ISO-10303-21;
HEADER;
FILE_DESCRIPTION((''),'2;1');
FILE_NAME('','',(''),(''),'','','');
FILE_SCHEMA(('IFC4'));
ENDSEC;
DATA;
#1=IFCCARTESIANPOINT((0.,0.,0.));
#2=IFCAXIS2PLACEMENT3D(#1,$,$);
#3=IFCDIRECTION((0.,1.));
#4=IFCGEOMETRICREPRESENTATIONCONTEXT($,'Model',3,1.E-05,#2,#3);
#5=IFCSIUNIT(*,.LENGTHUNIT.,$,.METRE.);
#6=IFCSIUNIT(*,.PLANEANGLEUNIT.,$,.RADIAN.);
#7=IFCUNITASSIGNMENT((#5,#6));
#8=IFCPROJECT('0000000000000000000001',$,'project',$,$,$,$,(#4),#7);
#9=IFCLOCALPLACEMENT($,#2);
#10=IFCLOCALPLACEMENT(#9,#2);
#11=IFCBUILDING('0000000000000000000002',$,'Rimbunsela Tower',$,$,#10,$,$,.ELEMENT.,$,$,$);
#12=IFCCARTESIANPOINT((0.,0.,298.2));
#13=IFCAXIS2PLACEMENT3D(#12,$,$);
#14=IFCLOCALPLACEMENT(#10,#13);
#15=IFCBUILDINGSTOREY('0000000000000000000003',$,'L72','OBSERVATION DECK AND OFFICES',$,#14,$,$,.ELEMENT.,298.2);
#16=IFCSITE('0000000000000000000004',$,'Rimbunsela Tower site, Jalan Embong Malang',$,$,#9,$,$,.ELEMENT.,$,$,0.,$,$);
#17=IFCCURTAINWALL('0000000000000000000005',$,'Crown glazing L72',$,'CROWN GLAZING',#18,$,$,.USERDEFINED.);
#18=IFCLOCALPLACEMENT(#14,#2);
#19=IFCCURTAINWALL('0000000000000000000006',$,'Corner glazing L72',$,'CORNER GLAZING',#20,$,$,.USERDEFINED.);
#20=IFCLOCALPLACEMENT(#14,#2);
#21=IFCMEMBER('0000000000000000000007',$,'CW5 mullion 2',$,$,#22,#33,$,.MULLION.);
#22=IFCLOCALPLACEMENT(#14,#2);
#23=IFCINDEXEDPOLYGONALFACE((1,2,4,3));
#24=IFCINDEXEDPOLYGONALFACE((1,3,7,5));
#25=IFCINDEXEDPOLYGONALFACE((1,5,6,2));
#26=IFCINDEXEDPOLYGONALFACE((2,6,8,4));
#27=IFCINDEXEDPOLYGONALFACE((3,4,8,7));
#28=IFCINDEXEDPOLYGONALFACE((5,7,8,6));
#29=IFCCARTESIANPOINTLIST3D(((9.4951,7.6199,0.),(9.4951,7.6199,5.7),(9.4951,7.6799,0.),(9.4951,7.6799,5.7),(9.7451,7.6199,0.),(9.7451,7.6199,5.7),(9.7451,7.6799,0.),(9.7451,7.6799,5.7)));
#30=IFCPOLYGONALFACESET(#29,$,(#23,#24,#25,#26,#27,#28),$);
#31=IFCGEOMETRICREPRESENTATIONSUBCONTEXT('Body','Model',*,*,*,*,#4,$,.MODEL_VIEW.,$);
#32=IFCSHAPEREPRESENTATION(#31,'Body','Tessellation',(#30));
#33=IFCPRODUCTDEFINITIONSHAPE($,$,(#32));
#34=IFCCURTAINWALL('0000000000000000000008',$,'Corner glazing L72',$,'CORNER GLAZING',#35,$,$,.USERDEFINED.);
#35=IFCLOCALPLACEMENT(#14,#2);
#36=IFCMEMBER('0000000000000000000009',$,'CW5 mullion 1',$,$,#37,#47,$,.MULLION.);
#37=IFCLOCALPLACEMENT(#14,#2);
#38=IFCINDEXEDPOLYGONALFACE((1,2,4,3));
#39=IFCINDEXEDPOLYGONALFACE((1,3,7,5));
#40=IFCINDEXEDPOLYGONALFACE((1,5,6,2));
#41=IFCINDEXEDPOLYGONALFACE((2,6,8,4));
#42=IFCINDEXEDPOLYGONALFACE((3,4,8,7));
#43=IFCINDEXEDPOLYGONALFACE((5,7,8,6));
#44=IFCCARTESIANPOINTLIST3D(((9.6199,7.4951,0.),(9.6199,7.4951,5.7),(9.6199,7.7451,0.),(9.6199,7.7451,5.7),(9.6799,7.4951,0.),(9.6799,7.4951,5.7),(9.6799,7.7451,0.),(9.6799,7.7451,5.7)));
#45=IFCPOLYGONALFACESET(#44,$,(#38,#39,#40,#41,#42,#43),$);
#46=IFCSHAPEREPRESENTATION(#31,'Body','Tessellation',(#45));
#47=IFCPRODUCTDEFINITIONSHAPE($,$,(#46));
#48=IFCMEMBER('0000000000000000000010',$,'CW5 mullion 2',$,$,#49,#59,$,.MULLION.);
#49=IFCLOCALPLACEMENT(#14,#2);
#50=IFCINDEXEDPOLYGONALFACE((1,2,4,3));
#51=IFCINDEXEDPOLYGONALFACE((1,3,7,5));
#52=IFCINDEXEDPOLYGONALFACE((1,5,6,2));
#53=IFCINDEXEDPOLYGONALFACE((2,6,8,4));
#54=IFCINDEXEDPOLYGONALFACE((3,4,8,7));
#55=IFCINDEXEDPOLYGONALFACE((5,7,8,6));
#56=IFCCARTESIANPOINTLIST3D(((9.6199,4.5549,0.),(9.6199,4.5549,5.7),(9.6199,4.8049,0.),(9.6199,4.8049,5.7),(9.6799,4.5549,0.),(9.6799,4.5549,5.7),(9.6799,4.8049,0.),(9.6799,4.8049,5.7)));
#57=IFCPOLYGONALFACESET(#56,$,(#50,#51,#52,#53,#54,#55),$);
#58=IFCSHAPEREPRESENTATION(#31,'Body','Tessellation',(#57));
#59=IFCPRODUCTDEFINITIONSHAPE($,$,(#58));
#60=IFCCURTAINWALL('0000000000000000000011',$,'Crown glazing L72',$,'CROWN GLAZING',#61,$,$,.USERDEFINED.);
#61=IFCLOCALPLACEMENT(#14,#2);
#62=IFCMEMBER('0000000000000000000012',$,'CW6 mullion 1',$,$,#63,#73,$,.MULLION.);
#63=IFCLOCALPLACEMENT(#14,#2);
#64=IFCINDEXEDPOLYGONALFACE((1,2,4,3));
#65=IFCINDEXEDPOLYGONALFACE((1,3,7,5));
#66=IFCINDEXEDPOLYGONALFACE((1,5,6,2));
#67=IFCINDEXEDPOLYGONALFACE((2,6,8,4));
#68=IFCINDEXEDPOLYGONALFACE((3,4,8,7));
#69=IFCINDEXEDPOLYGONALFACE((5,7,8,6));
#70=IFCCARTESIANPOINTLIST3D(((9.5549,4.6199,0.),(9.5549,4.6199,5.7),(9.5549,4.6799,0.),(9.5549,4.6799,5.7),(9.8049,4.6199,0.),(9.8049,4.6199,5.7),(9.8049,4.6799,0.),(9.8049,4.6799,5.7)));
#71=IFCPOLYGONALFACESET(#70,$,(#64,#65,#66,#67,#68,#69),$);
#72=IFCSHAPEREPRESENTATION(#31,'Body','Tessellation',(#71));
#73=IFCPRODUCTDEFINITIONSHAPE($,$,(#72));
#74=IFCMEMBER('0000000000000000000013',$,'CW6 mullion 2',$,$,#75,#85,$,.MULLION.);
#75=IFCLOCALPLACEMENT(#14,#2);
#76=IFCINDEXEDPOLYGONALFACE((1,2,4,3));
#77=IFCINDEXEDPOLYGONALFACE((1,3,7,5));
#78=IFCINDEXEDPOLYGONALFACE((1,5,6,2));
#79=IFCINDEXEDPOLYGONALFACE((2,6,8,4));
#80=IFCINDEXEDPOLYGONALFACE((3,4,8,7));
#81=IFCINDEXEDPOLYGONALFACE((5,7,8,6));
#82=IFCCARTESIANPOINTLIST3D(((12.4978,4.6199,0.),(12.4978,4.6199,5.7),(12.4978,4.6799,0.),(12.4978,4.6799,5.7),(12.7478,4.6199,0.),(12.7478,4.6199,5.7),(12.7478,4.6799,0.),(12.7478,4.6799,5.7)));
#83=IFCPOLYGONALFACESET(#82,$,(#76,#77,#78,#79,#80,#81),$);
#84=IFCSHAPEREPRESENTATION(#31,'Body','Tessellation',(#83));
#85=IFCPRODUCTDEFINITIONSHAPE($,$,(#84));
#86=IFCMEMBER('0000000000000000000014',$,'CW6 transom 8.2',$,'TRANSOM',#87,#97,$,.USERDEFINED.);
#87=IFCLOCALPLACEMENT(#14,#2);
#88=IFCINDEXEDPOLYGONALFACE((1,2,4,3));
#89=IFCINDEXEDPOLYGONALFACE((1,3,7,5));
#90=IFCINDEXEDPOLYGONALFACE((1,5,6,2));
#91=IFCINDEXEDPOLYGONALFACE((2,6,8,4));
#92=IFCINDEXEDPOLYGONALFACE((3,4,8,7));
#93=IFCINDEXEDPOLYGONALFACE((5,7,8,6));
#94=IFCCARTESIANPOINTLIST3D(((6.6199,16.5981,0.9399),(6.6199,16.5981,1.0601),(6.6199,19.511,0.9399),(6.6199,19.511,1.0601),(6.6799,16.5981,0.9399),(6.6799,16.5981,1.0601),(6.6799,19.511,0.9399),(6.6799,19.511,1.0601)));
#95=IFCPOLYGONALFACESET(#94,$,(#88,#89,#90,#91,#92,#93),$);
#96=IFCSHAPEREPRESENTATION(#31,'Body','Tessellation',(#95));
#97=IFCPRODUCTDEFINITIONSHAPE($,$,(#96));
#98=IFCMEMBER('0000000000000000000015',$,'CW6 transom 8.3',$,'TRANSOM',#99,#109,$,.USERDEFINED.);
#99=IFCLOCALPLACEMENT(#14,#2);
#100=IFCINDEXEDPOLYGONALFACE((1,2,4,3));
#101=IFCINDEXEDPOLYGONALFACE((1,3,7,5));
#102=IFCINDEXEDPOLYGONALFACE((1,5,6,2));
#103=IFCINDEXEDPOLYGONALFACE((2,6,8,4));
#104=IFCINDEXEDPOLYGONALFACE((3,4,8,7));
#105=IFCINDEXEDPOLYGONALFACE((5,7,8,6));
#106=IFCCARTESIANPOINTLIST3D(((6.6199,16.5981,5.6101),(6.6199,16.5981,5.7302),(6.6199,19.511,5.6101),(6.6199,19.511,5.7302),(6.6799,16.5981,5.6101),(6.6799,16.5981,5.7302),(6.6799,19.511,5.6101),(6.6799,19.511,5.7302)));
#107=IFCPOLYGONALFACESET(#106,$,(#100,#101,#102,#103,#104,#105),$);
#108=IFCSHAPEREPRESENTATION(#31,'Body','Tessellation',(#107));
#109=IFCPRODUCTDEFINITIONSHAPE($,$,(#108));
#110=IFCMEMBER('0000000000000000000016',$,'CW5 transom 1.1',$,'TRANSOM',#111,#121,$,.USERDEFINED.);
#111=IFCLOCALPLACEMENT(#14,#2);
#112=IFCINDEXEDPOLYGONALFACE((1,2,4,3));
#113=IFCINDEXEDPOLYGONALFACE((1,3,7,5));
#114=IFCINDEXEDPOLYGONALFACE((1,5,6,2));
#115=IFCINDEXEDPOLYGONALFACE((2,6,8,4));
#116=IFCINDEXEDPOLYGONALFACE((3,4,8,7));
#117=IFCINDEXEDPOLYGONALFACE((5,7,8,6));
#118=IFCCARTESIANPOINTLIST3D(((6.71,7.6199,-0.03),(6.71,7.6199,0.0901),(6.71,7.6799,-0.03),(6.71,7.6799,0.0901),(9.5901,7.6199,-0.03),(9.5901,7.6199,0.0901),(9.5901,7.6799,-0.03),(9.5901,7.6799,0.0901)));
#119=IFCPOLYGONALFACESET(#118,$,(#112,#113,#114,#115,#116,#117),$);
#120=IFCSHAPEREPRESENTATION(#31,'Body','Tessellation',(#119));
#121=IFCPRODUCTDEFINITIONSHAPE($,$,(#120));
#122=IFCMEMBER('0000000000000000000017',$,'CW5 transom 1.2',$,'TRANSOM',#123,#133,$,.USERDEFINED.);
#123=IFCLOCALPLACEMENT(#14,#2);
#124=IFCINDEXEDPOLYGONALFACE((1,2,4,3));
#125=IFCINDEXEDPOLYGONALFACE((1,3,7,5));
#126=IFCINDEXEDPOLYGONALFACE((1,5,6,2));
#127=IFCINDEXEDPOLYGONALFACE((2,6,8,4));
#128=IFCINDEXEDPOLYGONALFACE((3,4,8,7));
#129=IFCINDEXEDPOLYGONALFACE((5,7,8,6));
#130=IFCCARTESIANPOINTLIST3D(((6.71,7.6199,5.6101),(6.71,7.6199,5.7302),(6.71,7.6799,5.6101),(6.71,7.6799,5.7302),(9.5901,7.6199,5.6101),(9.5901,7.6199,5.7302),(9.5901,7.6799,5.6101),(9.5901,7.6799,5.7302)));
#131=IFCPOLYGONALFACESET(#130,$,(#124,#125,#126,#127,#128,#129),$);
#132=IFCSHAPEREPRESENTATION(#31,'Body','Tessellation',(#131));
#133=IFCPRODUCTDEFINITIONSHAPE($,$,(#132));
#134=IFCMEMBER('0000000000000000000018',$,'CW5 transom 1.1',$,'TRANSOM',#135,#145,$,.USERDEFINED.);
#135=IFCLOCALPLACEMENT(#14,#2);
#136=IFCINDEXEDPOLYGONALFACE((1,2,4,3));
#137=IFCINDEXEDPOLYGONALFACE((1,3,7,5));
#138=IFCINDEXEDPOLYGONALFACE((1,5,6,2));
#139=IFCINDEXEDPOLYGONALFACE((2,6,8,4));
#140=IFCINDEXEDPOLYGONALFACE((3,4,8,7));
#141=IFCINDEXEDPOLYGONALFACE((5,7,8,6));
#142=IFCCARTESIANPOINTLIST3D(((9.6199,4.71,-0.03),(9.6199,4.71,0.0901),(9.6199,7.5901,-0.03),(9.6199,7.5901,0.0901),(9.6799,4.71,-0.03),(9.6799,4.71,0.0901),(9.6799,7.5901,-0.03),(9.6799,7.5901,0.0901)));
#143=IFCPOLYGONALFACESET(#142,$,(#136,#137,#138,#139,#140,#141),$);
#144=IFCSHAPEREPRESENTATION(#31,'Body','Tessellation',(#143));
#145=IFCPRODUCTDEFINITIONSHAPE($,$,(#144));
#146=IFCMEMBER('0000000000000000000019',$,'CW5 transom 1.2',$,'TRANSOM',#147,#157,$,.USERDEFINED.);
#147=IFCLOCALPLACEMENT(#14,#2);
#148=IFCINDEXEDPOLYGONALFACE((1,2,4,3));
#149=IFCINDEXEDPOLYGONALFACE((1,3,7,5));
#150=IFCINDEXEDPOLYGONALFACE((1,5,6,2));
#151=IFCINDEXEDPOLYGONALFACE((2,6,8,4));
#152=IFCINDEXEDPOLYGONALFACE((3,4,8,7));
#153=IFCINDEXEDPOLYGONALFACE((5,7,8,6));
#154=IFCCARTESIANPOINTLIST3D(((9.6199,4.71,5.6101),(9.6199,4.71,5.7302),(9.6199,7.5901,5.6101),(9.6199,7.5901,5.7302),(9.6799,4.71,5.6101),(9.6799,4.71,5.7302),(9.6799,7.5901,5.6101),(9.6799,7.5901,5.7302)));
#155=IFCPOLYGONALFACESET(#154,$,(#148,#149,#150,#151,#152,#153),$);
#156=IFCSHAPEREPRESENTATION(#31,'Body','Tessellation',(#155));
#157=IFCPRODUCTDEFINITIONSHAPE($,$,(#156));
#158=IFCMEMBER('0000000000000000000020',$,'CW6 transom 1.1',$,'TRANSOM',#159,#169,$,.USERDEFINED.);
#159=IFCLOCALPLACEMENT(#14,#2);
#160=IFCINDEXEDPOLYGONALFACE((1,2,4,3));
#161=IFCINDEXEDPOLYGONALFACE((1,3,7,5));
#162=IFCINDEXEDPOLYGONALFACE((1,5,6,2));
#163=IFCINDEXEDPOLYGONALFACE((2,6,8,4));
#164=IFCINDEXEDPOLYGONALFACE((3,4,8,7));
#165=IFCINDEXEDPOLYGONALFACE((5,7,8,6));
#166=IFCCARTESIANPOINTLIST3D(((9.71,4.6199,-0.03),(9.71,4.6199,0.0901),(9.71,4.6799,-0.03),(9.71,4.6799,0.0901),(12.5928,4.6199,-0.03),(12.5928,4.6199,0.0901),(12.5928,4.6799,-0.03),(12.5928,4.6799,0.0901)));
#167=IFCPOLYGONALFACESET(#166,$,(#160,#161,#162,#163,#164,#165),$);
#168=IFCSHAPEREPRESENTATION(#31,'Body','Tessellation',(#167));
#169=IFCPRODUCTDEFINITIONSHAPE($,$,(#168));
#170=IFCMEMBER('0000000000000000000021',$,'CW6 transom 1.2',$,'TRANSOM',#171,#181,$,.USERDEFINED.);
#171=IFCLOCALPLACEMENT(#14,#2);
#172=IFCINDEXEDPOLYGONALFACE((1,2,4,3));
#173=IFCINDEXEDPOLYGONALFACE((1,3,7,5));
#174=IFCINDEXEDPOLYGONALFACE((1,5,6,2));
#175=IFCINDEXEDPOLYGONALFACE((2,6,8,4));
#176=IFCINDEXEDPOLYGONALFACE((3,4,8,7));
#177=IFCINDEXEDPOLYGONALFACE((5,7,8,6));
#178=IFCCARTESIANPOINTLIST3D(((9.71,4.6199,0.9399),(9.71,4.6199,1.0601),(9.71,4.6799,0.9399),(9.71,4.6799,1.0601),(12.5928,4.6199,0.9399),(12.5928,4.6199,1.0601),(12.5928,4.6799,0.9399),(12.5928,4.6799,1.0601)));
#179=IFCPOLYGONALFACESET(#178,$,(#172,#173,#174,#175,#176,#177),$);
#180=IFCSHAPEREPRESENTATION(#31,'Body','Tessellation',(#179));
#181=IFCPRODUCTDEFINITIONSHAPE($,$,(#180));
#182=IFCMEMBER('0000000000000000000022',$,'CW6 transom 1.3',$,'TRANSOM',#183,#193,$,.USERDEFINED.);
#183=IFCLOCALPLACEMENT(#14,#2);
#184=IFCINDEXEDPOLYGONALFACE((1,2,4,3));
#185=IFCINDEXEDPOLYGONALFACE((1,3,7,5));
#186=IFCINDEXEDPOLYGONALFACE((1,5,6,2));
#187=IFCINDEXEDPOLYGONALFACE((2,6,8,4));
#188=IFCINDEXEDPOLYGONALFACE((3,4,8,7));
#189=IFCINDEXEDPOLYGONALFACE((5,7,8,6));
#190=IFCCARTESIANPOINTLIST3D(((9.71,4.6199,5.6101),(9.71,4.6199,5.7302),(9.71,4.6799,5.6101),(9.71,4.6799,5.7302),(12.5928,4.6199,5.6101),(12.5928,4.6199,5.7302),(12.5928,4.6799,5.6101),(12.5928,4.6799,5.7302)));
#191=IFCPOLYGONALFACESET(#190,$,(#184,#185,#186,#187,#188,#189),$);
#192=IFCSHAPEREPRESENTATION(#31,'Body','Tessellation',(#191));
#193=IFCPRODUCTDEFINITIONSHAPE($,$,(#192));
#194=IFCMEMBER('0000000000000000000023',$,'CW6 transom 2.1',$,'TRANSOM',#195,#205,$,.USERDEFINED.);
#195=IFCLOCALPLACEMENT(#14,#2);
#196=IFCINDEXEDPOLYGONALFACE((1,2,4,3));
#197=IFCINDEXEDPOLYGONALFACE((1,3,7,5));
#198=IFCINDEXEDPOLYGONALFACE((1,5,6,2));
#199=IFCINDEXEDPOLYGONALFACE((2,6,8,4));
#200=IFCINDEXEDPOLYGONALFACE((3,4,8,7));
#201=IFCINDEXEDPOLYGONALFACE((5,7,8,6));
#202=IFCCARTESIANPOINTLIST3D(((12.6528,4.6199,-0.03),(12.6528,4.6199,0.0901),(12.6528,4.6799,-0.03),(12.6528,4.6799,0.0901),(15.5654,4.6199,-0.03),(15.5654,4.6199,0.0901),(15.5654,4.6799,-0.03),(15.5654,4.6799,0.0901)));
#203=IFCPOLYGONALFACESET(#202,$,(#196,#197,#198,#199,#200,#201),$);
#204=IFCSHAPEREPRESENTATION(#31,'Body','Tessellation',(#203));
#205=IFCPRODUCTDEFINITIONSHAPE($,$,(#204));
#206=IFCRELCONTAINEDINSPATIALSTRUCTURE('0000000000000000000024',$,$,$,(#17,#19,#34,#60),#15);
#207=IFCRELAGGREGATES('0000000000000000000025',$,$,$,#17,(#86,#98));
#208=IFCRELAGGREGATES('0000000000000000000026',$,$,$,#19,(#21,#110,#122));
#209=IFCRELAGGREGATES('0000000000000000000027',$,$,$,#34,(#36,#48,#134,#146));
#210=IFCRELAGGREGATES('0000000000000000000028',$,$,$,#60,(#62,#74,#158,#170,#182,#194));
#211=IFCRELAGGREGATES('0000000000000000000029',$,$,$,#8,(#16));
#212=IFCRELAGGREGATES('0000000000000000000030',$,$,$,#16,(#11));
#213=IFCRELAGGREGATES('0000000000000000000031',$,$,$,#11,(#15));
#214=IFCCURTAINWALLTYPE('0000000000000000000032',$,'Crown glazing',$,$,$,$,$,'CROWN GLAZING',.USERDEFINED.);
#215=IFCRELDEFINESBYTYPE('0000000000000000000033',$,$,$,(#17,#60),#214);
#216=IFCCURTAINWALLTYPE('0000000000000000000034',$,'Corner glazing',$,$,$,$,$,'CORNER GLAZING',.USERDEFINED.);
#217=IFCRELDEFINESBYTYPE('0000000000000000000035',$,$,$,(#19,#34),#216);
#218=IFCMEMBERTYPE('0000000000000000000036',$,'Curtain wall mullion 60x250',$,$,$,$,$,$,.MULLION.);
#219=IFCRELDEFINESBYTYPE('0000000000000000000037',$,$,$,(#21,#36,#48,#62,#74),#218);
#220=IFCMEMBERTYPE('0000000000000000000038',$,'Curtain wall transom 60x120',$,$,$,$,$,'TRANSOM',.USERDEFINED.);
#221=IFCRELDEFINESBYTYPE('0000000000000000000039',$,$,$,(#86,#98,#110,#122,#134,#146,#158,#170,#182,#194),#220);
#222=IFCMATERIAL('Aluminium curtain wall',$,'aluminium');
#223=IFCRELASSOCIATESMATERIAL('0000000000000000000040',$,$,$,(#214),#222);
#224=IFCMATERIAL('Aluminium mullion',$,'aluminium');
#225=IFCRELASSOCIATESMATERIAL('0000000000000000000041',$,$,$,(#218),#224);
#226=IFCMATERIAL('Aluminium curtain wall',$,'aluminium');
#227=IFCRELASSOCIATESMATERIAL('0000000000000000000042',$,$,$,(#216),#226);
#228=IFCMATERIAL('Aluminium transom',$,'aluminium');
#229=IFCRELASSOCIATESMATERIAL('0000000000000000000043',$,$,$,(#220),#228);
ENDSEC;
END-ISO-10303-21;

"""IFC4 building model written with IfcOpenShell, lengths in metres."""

from ifc_helpers import new_model, si_unit, direction, frame, origin, origin_2d, place, context, subcontext, project, spatial, rectangle, extrude, material, material_profile, profile_set, type_object, element, aggregate, save


model = new_model("IFC4")

# Units and contexts
model_context = context("Model", 3, precision=1e-05, world=origin(), true_north=direction((0.0, 1.0)))
body_context = subcontext(model_context, "Body", "Model", "MODEL_VIEW")
ifc_project = project(units=[si_unit("LENGTHUNIT", "METRE"), si_unit("PLANEANGLEUNIT", "RADIAN")], contexts=[model_context])

# Site, building, storey
site_placement = place(None, origin())
site = spatial("IfcSite", under=ifc_project, at=site_placement, Name="Rimbunsela Tower site, Jalan Embong Malang", CompositionType="ELEMENT", RefElevation=0.0)
building_placement = place(site_placement, origin())
building = spatial("IfcBuilding", under=site, at=building_placement, Name="Rimbunsela Tower", CompositionType="ELEMENT")
storey_placement = place(building_placement, frame((0.0, 0.0, 298.2)))
storey = spatial("IfcBuildingStorey", under=building, at=storey_placement, Name="L72", Description="OBSERVATION DECK AND OFFICES", CompositionType="ELEMENT", Elevation=298.2)

# Curtain wall
ifc_material_1 = material(Name="Aluminium curtain wall", Category="aluminium")
curtain_wall_type_1 = type_object("IfcCurtainWallType", Name="Crown glazing", ElementType="CROWN GLAZING", PredefinedType="USERDEFINED", material=ifc_material_1)
curtain_wall_1_placement = place(storey_placement, origin())
curtain_wall_1 = element("IfcCurtainWall", 1, at=curtain_wall_1_placement, inside=storey, type_object=curtain_wall_type_1, Name="Crown glazing L72", ObjectType="CROWN GLAZING", PredefinedType="USERDEFINED")
ifc_material_2 = material(Name="Aluminium mullion", Category="aluminium")
ifc_material_profile_1 = material_profile(ifc_material_2, rectangle(XDim=0.0601, YDim=0.25, at=origin_2d()), Name="Mullion 60x250")
ifc_profile_set_1 = profile_set([ifc_material_profile_1], Name="Aluminium mullion")
member_type_1 = type_object("IfcMemberType", Name="Curtain wall mullion 60x250", PredefinedType="MULLION", material=ifc_profile_set_1)

# Curtain walls, members
ifc_material_3 = material(Name="Aluminium curtain wall", Category="aluminium")
curtain_wall_type_2 = type_object("IfcCurtainWallType", Name="Corner glazing", ElementType="CORNER GLAZING", PredefinedType="USERDEFINED", material=ifc_material_3)
curtain_wall_2_placement = place(storey_placement, origin())
curtain_wall_2 = element("IfcCurtainWall", 2, at=curtain_wall_2_placement, inside=storey, type_object=curtain_wall_type_2, Name="Corner glazing L72", ObjectType="CORNER GLAZING", PredefinedType="USERDEFINED")
member_1_placement = place(storey_placement, frame((9.6201, 7.6499, 0.0), z_axis=(0.0, 0.0, 1.0), x_axis=(0.0, 1.0, 0.0)))
member_1 = element("IfcMember", 3, at=member_1_placement, type_object=member_type_1, Name="CW5 mullion 2", PredefinedType="MULLION", context=body_context, shape_type="SweptSolid", body=[
    extrude(rectangle(XDim=0.0601, YDim=0.25, at=origin_2d()), origin(), (0.0, 0.0, 1.0), 5.7),
])
curtain_wall_3_placement = place(storey_placement, origin())
curtain_wall_3 = element("IfcCurtainWall", 4, at=curtain_wall_3_placement, inside=storey, type_object=curtain_wall_type_2, Name="Corner glazing L72", ObjectType="CORNER GLAZING", PredefinedType="USERDEFINED")
member_2_placement = place(storey_placement, frame((9.6499, 7.6201, 0.0), z_axis=(0.0, 0.0, 1.0), x_axis=(1.0, 0.0, 0.0)))
member_2 = element("IfcMember", 5, at=member_2_placement, type_object=member_type_1, Name="CW5 mullion 1", PredefinedType="MULLION", context=body_context, shape_type="SweptSolid", body=[
    extrude(rectangle(XDim=0.0601, YDim=0.25, at=origin_2d()), origin(), (0.0, 0.0, 1.0), 5.7),
])
member_3_placement = place(storey_placement, frame((9.6499, 4.6799, 0.0), z_axis=(0.0, 0.0, 1.0), x_axis=(1.0, 0.0, 0.0)))
member_3 = element("IfcMember", 6, at=member_3_placement, type_object=member_type_1, Name="CW5 mullion 2", PredefinedType="MULLION", context=body_context, shape_type="SweptSolid", body=[
    extrude(rectangle(XDim=0.0601, YDim=0.25, at=origin_2d()), origin(), (0.0, 0.0, 1.0), 5.7),
])
curtain_wall_4_placement = place(storey_placement, origin())
curtain_wall_4 = element("IfcCurtainWall", 7, at=curtain_wall_4_placement, inside=storey, type_object=curtain_wall_type_1, Name="Crown glazing L72", ObjectType="CROWN GLAZING", PredefinedType="USERDEFINED")
member_4_placement = place(storey_placement, frame((9.6799, 4.6499, 0.0), z_axis=(0.0, 0.0, 1.0), x_axis=(0.0, 1.0, 0.0)))
member_4 = element("IfcMember", 8, at=member_4_placement, type_object=member_type_1, Name="CW6 mullion 1", PredefinedType="MULLION", context=body_context, shape_type="SweptSolid", body=[
    extrude(rectangle(XDim=0.0601, YDim=0.25, at=origin_2d()), origin(), (0.0, 0.0, 1.0), 5.7),
])
member_5_placement = place(storey_placement, frame((12.6228, 4.6499, 0.0), z_axis=(0.0, 0.0, 1.0), x_axis=(0.0, 1.0, 0.0)))
member_5 = element("IfcMember", 9, at=member_5_placement, type_object=member_type_1, Name="CW6 mullion 2", PredefinedType="MULLION", context=body_context, shape_type="SweptSolid", body=[
    extrude(rectangle(XDim=0.0601, YDim=0.25, at=origin_2d()), origin(), (0.0, 0.0, 1.0), 5.7),
])

# Members
ifc_material_4 = material(Name="Aluminium transom", Category="aluminium")
ifc_material_profile_2 = material_profile(ifc_material_4, rectangle(XDim=0.0601, YDim=0.1201, at=origin_2d()), Name="Transom 60x120")
ifc_profile_set_2 = profile_set([ifc_material_profile_2], Name="Aluminium transom")
member_type_2 = type_object("IfcMemberType", Name="Curtain wall transom 60x120", ElementType="TRANSOM", PredefinedType="USERDEFINED", material=ifc_profile_set_2)
member_6_placement = place(storey_placement, frame((6.6499, 19.511, 1.0), z_axis=(0.0, -1.0, 0.0), x_axis=(1.0, 0.0, 0.0)))
member_6 = element("IfcMember", 10, at=member_6_placement, type_object=member_type_2, Name="CW6 transom 8.2", ObjectType="TRANSOM", PredefinedType="USERDEFINED", context=body_context, shape_type="SweptSolid", body=[
    extrude(rectangle(XDim=0.0601, YDim=0.1201, at=origin_2d()), origin(), (0.0, 0.0, 1.0), 2.9128),
])
member_7_placement = place(storey_placement, frame((6.6499, 19.511, 5.6702), z_axis=(0.0, -1.0, 0.0), x_axis=(1.0, 0.0, 0.0)))
member_7 = element("IfcMember", 11, at=member_7_placement, type_object=member_type_2, Name="CW6 transom 8.3", ObjectType="TRANSOM", PredefinedType="USERDEFINED", context=body_context, shape_type="SweptSolid", body=[
    extrude(rectangle(XDim=0.0601, YDim=0.1201, at=origin_2d()), origin(), (0.0, 0.0, 1.0), 2.9128),
])
aggregate(curtain_wall_1, [member_6, member_7])
member_8_placement = place(storey_placement, frame((6.71, 7.6499, 0.03), z_axis=(1.0, 0.0, 0.0), x_axis=(0.0, 1.0, 0.0)))
member_8 = element("IfcMember", 12, at=member_8_placement, type_object=member_type_2, Name="CW5 transom 1.1", ObjectType="TRANSOM", PredefinedType="USERDEFINED", context=body_context, shape_type="SweptSolid", body=[
    extrude(rectangle(XDim=0.0601, YDim=0.1201, at=origin_2d()), origin(), (0.0, 0.0, 1.0), 2.8801),
])
member_9_placement = place(storey_placement, frame((6.71, 7.6499, 5.6702), z_axis=(1.0, 0.0, 0.0), x_axis=(0.0, 1.0, 0.0)))
member_9 = element("IfcMember", 13, at=member_9_placement, type_object=member_type_2, Name="CW5 transom 1.2", ObjectType="TRANSOM", PredefinedType="USERDEFINED", context=body_context, shape_type="SweptSolid", body=[
    extrude(rectangle(XDim=0.0601, YDim=0.1201, at=origin_2d()), origin(), (0.0, 0.0, 1.0), 2.8801),
])
member_10_placement = place(storey_placement, frame((9.6499, 7.5901, 0.03), z_axis=(0.0, -1.0, 0.0), x_axis=(1.0, 0.0, 0.0)))
member_10 = element("IfcMember", 14, at=member_10_placement, type_object=member_type_2, Name="CW5 transom 1.1", ObjectType="TRANSOM", PredefinedType="USERDEFINED", context=body_context, shape_type="SweptSolid", body=[
    extrude(rectangle(XDim=0.0601, YDim=0.1201, at=origin_2d()), origin(), (0.0, 0.0, 1.0), 2.8801),
])
member_11_placement = place(storey_placement, frame((9.6499, 7.5901, 5.6702), z_axis=(0.0, -1.0, 0.0), x_axis=(1.0, 0.0, 0.0)))
member_11 = element("IfcMember", 15, at=member_11_placement, type_object=member_type_2, Name="CW5 transom 1.2", ObjectType="TRANSOM", PredefinedType="USERDEFINED", context=body_context, shape_type="SweptSolid", body=[
    extrude(rectangle(XDim=0.0601, YDim=0.1201, at=origin_2d()), origin(), (0.0, 0.0, 1.0), 2.8801),
])
member_12_placement = place(storey_placement, frame((9.71, 4.6499, 0.03), z_axis=(1.0, 0.0, 0.0), x_axis=(0.0, 1.0, 0.0)))
member_12 = element("IfcMember", 16, at=member_12_placement, type_object=member_type_2, Name="CW6 transom 1.1", ObjectType="TRANSOM", PredefinedType="USERDEFINED", context=body_context, shape_type="SweptSolid", body=[
    extrude(rectangle(XDim=0.0601, YDim=0.1201, at=origin_2d()), origin(), (0.0, 0.0, 1.0), 2.8828),
])
member_13_placement = place(storey_placement, frame((9.71, 4.6499, 1.0), z_axis=(1.0, 0.0, 0.0), x_axis=(0.0, 1.0, 0.0)))
member_13 = element("IfcMember", 17, at=member_13_placement, type_object=member_type_2, Name="CW6 transom 1.2", ObjectType="TRANSOM", PredefinedType="USERDEFINED", context=body_context, shape_type="SweptSolid", body=[
    extrude(rectangle(XDim=0.0601, YDim=0.1201, at=origin_2d()), origin(), (0.0, 0.0, 1.0), 2.8828),
])
member_14_placement = place(storey_placement, frame((9.71, 4.6499, 5.6702), z_axis=(1.0, 0.0, 0.0), x_axis=(0.0, 1.0, 0.0)))
member_14 = element("IfcMember", 18, at=member_14_placement, type_object=member_type_2, Name="CW6 transom 1.3", ObjectType="TRANSOM", PredefinedType="USERDEFINED", context=body_context, shape_type="SweptSolid", body=[
    extrude(rectangle(XDim=0.0601, YDim=0.1201, at=origin_2d()), origin(), (0.0, 0.0, 1.0), 2.8828),
])
member_15_placement = place(storey_placement, frame((12.6528, 4.6499, 0.03), z_axis=(1.0, 0.0, 0.0), x_axis=(0.0, 1.0, 0.0)))
member_15 = element("IfcMember", 19, at=member_15_placement, type_object=member_type_2, Name="CW6 transom 2.1", ObjectType="TRANSOM", PredefinedType="USERDEFINED", context=body_context, shape_type="SweptSolid", body=[
    extrude(rectangle(XDim=0.0601, YDim=0.1201, at=origin_2d()), origin(), (0.0, 0.0, 1.0), 2.9126),
])

aggregate(curtain_wall_2, [member_1, member_8, member_9])
aggregate(curtain_wall_3, [member_2, member_3, member_10, member_11])
aggregate(curtain_wall_4, [member_4, member_5, member_12, member_13, member_14, member_15])

save(model, "model.ifc")
